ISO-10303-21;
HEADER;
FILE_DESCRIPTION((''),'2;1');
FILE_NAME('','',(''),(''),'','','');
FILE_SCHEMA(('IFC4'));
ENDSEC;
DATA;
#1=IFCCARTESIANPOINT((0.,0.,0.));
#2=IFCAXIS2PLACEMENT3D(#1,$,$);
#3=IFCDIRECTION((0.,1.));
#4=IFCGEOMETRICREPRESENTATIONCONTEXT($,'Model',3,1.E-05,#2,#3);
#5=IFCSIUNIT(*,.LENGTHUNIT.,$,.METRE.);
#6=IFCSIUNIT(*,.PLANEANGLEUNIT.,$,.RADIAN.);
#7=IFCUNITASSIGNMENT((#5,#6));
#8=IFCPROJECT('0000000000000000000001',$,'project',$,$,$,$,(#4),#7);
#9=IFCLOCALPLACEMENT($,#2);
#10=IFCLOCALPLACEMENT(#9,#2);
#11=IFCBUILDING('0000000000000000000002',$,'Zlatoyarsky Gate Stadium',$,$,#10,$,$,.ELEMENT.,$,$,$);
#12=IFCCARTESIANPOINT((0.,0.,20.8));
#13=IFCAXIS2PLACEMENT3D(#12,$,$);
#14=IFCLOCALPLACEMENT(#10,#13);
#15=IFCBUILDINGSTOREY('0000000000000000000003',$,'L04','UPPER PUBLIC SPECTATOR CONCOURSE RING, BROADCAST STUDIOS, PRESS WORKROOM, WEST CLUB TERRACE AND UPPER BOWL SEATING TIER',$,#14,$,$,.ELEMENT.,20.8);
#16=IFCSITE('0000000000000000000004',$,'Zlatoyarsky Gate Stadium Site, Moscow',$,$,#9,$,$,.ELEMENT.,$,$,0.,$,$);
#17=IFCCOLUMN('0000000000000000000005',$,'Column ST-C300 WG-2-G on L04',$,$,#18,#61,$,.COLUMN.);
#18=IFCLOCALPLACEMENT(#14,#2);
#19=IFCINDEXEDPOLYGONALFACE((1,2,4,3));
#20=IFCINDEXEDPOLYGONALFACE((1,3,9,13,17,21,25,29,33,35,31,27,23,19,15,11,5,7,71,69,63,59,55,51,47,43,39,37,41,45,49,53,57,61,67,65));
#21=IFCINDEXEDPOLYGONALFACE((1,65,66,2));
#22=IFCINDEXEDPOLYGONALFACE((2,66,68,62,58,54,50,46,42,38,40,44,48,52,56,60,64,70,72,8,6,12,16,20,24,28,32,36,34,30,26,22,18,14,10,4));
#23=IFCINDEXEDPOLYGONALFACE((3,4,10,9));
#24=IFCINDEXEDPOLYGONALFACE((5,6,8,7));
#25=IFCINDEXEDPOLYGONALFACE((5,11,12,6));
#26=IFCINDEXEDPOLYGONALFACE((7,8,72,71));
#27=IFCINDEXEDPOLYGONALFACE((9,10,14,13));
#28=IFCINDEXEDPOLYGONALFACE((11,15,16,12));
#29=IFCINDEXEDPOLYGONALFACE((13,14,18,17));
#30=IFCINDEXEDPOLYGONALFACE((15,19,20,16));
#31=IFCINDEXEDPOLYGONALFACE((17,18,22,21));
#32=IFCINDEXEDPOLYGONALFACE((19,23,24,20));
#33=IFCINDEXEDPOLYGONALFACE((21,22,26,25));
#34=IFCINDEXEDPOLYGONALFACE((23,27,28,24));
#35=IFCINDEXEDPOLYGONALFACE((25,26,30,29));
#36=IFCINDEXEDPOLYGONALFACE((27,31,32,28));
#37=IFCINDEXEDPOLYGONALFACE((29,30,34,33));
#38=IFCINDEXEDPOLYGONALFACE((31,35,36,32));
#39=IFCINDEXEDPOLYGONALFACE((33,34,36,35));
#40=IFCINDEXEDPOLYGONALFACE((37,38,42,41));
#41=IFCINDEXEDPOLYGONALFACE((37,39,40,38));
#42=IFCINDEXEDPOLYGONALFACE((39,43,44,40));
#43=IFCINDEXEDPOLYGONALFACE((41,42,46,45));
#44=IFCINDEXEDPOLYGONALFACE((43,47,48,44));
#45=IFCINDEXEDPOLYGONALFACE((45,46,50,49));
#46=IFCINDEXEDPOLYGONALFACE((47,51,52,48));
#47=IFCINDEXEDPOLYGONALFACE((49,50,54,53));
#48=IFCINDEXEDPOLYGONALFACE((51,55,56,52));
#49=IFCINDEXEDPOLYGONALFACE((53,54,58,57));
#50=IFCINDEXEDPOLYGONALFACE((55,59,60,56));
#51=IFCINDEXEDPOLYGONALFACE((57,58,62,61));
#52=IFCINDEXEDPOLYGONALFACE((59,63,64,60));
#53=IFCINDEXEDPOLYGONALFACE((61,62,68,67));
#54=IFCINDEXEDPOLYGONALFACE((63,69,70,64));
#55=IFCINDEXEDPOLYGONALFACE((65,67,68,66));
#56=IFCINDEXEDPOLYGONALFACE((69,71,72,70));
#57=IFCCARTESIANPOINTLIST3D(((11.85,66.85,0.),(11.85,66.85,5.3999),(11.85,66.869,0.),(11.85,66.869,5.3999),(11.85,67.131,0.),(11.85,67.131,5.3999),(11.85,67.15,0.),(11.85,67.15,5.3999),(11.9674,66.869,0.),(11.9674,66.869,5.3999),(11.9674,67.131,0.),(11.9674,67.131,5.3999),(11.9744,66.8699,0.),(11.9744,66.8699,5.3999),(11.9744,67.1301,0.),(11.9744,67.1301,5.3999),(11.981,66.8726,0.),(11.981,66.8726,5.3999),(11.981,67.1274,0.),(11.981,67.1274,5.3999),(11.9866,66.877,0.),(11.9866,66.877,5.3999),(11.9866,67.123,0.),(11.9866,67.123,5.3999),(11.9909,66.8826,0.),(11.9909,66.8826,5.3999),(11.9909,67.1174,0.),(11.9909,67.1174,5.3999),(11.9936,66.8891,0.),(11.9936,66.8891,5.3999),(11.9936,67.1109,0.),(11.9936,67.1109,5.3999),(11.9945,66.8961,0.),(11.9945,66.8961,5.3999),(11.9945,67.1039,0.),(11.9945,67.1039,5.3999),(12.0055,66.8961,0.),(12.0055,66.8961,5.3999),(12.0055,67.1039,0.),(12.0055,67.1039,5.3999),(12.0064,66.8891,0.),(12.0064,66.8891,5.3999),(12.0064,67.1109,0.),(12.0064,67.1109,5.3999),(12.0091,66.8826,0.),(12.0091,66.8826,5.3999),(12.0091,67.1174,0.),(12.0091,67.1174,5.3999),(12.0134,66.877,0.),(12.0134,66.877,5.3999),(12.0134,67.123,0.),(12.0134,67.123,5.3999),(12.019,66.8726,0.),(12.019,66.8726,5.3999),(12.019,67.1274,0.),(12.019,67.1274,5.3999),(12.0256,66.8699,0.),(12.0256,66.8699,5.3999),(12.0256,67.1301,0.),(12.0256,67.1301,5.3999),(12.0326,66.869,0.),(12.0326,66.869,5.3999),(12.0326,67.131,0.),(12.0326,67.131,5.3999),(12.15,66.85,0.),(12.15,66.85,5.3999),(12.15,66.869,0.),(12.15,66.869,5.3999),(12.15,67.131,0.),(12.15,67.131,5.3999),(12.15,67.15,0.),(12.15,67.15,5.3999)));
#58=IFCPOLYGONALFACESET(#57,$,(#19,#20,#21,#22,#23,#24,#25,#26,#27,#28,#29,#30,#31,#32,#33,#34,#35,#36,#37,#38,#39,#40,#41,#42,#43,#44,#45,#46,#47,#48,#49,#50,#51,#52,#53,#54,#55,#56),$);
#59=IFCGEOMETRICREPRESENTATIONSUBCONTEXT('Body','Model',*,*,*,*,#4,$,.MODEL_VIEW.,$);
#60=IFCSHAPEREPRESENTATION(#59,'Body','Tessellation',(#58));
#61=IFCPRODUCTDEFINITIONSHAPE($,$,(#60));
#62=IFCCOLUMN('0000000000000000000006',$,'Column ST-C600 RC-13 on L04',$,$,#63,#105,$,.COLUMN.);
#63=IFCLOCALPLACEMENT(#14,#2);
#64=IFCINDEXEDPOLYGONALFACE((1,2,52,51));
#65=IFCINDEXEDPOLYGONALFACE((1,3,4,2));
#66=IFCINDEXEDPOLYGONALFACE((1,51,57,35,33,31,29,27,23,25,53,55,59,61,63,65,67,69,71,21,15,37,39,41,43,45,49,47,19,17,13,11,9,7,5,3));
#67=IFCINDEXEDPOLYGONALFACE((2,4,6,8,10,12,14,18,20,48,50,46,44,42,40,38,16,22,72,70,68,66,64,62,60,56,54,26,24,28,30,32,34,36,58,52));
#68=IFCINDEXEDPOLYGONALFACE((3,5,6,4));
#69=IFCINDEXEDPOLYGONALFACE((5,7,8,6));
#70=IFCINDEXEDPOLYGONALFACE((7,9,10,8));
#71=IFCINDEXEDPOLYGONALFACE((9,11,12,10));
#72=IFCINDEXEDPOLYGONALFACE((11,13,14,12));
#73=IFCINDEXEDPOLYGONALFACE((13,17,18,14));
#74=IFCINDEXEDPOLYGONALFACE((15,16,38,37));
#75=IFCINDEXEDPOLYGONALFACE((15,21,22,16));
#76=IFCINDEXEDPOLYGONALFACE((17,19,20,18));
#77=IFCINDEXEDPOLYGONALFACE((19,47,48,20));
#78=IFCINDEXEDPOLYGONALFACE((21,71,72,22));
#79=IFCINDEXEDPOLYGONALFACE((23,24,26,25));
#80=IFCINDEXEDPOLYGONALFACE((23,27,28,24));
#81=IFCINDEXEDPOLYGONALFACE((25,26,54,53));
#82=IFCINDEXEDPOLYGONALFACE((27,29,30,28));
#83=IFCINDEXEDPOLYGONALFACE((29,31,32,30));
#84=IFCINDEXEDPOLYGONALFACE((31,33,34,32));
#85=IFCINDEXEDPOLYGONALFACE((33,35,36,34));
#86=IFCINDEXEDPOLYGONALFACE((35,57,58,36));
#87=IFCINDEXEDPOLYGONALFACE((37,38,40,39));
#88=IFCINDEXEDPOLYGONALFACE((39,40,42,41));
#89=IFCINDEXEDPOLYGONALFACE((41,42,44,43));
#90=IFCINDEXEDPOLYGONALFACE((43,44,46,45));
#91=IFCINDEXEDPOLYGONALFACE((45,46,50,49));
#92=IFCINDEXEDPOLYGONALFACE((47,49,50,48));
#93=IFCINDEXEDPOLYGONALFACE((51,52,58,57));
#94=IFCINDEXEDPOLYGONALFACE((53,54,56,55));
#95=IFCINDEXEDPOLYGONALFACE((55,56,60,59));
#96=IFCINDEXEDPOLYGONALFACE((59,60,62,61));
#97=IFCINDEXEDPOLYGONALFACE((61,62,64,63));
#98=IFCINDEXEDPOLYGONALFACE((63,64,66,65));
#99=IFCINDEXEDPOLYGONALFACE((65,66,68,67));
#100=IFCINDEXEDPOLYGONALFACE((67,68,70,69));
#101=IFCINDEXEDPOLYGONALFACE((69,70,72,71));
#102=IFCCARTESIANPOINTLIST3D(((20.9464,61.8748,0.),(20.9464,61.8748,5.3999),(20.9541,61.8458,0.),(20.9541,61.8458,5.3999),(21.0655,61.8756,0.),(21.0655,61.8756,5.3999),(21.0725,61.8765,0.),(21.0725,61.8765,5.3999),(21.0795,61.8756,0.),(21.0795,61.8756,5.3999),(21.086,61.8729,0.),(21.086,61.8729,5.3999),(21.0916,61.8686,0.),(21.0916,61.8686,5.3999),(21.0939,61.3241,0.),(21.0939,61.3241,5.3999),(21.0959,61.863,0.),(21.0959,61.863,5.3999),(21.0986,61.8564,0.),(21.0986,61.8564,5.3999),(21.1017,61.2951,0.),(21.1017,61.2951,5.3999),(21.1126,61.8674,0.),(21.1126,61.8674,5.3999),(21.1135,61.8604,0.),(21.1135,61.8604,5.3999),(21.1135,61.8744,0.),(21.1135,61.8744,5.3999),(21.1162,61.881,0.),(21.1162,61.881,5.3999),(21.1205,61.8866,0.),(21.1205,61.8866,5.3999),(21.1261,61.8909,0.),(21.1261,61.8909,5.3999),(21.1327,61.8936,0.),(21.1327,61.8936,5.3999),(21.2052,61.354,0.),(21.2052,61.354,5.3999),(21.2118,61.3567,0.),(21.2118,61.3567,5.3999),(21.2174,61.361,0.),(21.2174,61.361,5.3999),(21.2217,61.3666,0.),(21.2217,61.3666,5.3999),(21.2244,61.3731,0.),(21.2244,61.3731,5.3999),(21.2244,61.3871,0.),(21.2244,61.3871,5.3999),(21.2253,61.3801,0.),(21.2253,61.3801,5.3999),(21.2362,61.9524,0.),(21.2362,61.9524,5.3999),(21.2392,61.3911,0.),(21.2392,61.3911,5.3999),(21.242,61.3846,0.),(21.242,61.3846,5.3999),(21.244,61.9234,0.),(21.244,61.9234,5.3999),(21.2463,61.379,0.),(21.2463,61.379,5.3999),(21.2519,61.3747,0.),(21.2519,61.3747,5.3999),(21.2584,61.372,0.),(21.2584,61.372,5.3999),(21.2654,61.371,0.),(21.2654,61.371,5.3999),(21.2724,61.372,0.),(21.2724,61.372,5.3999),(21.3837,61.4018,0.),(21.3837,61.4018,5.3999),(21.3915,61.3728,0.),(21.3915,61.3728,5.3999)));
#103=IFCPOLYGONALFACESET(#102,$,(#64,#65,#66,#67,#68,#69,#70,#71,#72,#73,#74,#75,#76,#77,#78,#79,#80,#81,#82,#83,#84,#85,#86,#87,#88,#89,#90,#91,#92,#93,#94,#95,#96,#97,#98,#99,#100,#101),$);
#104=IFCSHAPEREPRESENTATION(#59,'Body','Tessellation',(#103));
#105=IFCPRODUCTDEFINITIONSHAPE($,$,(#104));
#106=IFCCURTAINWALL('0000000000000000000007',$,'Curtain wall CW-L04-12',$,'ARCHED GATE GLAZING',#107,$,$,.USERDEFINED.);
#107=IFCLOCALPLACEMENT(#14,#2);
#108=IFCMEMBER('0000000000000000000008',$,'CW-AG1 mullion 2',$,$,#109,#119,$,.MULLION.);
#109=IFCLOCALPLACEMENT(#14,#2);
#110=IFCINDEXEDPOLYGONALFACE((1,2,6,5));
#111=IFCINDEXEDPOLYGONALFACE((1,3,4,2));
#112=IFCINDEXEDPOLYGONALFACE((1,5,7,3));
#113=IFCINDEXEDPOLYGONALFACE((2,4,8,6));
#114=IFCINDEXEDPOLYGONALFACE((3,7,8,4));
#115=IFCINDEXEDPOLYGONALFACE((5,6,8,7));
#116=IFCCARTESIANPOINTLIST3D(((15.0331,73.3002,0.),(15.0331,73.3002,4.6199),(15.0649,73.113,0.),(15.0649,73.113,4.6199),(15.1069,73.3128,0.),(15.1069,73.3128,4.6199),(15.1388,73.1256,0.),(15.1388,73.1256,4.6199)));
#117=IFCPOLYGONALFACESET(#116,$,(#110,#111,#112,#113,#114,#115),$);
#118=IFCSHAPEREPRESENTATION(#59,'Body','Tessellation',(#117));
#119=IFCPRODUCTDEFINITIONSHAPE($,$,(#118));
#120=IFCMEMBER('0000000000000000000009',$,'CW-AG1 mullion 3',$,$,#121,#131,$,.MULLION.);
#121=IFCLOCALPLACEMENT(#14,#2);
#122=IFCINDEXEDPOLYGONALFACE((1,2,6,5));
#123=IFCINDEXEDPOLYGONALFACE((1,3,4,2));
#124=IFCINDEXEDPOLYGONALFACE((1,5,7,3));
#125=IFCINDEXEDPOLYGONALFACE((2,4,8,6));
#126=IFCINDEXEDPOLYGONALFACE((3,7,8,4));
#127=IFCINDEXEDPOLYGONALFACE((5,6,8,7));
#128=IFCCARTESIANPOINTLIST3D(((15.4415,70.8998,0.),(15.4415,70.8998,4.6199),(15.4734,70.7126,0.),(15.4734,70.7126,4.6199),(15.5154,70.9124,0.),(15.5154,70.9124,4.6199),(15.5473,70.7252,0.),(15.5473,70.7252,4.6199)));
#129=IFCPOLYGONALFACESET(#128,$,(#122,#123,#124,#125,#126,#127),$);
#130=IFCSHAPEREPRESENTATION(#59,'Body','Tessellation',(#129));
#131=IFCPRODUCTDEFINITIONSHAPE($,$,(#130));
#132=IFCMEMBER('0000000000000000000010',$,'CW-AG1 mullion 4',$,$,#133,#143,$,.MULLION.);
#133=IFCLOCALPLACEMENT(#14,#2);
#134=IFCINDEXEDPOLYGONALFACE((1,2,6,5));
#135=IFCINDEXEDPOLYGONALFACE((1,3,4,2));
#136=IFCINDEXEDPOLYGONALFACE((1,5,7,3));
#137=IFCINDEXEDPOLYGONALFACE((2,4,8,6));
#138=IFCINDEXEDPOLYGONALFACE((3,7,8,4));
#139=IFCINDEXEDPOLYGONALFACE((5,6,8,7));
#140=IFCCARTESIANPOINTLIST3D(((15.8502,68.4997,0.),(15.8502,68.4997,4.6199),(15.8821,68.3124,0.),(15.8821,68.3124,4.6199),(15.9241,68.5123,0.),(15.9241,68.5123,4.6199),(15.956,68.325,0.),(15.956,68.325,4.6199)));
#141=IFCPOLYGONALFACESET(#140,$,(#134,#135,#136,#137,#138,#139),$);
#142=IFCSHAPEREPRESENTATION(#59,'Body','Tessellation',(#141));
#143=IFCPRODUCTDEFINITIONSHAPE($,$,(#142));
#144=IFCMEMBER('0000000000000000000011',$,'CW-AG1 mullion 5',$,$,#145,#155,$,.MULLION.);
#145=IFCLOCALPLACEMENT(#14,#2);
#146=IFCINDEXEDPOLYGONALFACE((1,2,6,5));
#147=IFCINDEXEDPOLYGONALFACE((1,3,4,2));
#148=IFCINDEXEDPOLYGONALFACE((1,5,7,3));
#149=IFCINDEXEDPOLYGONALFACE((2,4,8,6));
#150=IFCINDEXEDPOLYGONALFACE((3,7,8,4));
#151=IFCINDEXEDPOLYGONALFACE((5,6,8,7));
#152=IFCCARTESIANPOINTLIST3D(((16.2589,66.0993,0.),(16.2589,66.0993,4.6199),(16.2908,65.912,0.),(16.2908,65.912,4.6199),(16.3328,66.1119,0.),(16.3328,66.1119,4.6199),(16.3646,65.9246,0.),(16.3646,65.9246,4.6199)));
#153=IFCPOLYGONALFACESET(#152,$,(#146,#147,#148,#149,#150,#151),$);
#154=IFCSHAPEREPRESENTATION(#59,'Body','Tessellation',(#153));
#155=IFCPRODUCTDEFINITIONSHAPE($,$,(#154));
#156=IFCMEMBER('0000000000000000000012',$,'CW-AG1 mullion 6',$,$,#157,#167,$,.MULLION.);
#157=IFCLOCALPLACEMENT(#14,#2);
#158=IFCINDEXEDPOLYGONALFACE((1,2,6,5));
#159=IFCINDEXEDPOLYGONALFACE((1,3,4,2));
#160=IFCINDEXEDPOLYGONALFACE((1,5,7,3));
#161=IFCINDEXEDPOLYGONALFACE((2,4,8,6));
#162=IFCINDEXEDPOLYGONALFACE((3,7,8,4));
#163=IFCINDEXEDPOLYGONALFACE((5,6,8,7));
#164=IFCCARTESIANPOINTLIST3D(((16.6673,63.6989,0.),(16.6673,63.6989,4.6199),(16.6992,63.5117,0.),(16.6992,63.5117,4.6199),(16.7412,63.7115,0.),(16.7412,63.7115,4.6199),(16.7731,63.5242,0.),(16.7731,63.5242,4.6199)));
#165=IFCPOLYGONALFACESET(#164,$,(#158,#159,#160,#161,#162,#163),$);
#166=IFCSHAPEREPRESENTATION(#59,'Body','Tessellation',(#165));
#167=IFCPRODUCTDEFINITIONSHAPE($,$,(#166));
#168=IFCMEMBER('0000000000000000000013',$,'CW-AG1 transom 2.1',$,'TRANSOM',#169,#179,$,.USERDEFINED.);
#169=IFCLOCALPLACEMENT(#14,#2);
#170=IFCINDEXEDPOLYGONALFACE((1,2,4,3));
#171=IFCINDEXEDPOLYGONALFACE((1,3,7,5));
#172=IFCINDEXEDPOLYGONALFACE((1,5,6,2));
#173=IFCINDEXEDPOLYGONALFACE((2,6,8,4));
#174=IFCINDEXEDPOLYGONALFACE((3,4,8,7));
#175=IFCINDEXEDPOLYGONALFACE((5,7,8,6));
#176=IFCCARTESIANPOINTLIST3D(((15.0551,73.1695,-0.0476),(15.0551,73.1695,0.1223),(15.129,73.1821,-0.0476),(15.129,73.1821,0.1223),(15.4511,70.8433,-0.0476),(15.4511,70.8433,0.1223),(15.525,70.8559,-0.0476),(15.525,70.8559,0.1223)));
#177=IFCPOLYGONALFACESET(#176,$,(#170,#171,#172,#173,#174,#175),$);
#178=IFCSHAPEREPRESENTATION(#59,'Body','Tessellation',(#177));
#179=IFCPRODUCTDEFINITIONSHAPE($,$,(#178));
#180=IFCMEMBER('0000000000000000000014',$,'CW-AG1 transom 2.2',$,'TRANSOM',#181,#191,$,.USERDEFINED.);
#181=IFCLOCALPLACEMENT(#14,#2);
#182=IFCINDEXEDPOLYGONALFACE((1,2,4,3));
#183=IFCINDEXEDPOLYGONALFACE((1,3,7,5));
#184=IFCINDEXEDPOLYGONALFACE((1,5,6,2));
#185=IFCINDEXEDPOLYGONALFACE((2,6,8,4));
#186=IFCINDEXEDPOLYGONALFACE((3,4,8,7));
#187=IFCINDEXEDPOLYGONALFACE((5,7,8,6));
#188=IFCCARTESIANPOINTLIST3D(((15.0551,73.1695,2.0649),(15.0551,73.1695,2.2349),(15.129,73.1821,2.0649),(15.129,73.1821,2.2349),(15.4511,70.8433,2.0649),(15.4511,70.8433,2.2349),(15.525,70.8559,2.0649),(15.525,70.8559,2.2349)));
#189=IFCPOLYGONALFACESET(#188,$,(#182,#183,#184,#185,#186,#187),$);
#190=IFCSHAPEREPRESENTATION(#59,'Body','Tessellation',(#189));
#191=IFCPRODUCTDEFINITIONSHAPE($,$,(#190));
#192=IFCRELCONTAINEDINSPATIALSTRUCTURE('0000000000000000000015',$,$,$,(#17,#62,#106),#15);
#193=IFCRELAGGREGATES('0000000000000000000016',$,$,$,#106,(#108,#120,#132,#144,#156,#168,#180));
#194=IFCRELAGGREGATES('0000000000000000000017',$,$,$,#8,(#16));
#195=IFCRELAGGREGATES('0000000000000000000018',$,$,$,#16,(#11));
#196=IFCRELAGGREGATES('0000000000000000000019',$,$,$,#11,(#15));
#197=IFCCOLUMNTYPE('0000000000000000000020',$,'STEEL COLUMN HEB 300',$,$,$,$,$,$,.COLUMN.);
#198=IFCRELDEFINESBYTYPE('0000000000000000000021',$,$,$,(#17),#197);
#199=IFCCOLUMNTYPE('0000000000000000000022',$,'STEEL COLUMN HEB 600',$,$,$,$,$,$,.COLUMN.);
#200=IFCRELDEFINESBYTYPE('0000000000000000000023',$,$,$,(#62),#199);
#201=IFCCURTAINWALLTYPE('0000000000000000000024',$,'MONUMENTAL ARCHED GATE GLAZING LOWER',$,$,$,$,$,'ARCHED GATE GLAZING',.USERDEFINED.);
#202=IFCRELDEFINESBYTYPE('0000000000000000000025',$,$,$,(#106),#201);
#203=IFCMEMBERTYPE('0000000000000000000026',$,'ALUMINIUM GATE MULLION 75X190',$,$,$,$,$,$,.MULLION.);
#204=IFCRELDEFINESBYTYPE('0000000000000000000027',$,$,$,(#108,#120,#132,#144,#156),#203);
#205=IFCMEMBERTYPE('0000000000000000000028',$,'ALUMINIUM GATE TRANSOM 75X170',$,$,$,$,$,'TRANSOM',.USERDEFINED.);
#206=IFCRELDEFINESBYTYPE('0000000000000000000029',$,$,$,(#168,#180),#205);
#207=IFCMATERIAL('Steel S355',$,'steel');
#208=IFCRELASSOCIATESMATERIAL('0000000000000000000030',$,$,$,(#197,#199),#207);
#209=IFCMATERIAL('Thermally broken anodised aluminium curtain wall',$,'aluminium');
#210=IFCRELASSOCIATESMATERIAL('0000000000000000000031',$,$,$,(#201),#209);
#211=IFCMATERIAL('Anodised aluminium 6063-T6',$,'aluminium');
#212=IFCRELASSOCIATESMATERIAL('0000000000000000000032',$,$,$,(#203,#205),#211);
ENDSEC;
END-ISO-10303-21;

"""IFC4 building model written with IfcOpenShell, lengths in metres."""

from ifc_helpers import new_model, si_unit, direction, frame, origin, origin_2d, place, context, subcontext, project, spatial, rectangle, i_section, extrude, material, material_profile, profile_set, type_object, element, aggregate, save


model = new_model("IFC4")

# Units and contexts
model_context = context("Model", 3, precision=1e-05, world=origin(), true_north=direction((0.0, 1.0)))
body_context = subcontext(model_context, "Body", "Model", "MODEL_VIEW")
ifc_project = project(units=[si_unit("LENGTHUNIT", "METRE"), si_unit("PLANEANGLEUNIT", "RADIAN")], contexts=[model_context])

# Site, building, storey
site_placement = place(None, origin())
site = spatial("IfcSite", under=ifc_project, at=site_placement, Name="Zlatoyarsky Gate Stadium Site, Moscow", CompositionType="ELEMENT", RefElevation=0.0)
building_placement = place(site_placement, origin())
building = spatial("IfcBuilding", under=site, at=building_placement, Name="Zlatoyarsky Gate Stadium", CompositionType="ELEMENT")
storey_placement = place(building_placement, frame((0.0, 0.0, 20.8)))
storey = spatial("IfcBuildingStorey", under=building, at=storey_placement, Name="L04", Description="UPPER PUBLIC SPECTATOR CONCOURSE RING, BROADCAST STUDIOS, PRESS WORKROOM, WEST CLUB TERRACE AND UPPER BOWL SEATING TIER", CompositionType="ELEMENT", Elevation=20.8)

# Columns
ifc_material_1 = material(Name="Steel S355", Category="steel")
ifc_material_profile_1 = material_profile(ifc_material_1, i_section(OverallWidth=0.3, OverallDepth=0.3, WebThickness=0.011, FlangeThickness=0.019, FilletRadius=0.0271, at=origin_2d()), Name="HEB 300")
ifc_profile_set_1 = profile_set([ifc_material_profile_1], Name="Steel S355")
column_type_1 = type_object("IfcColumnType", Name="STEEL COLUMN HEB 300", PredefinedType="COLUMN", material=ifc_profile_set_1)
column_1_placement = place(storey_placement, frame((12.0, 67.0, 0.0), z_axis=(0.0, 0.0, 1.0), x_axis=(1.0, 0.0, 0.0)))
element("IfcColumn", 1, at=column_1_placement, inside=storey, type_object=column_type_1, Name="Column ST-C300 WG-2-G on L04", PredefinedType="COLUMN", context=body_context, shape_type="SweptSolid", body=[
    extrude(i_section(OverallWidth=0.3, OverallDepth=0.3, WebThickness=0.011, FlangeThickness=0.019, FilletRadius=0.0271, at=origin_2d()), origin(), (0.0, 0.0, 1.0), 5.3999),
])
ifc_material_profile_2 = material_profile(ifc_material_1, i_section(OverallWidth=0.3, OverallDepth=0.6001, WebThickness=0.0154, FlangeThickness=0.03, FilletRadius=0.0271, at=origin_2d()), Name="HEB 600")
ifc_profile_set_2 = profile_set([ifc_material_profile_2], Name="Steel S355")
column_type_2 = type_object("IfcColumnType", Name="STEEL COLUMN HEB 600", PredefinedType="COLUMN", material=ifc_profile_set_2)
column_2_placement = place(storey_placement, frame((21.1689, 61.6238, 0.0), z_axis=(0.0, 0.0, 1.0), x_axis=(-0.965926, -0.258819, 0.0)))
element("IfcColumn", 2, at=column_2_placement, inside=storey, type_object=column_type_2, Name="Column ST-C600 RC-13 on L04", PredefinedType="COLUMN", context=body_context, shape_type="SweptSolid", body=[
    extrude(i_section(OverallWidth=0.3, OverallDepth=0.6001, WebThickness=0.0154, FlangeThickness=0.03, FilletRadius=0.0271, at=origin_2d()), origin(), (0.0, 0.0, 1.0), 5.3999),
])

# Curtain wall, members
ifc_material_2 = material(Name="Thermally broken anodised aluminium curtain wall", Category="aluminium")
curtain_wall_type = type_object("IfcCurtainWallType", Name="MONUMENTAL ARCHED GATE GLAZING LOWER", ElementType="ARCHED GATE GLAZING", PredefinedType="USERDEFINED", material=ifc_material_2)
curtain_wall_placement = place(storey_placement, origin())
curtain_wall = element("IfcCurtainWall", 3, at=curtain_wall_placement, inside=storey, type_object=curtain_wall_type, Name="Curtain wall CW-L04-12", ObjectType="ARCHED GATE GLAZING", PredefinedType="USERDEFINED")
ifc_material_3 = material(Name="Anodised aluminium 6063-T6", Category="aluminium")
ifc_material_profile_3 = material_profile(ifc_material_3, rectangle(XDim=0.075, YDim=0.1899, at=origin_2d()), Name="ALU 75X190")
ifc_profile_set_3 = profile_set([ifc_material_profile_3], Name="Anodised aluminium 6063-T6")
member_type_1 = type_object("IfcMemberType", Name="ALUMINIUM GATE MULLION 75X190", PredefinedType="MULLION", material=ifc_profile_set_3)
member_1_placement = place(storey_placement, frame((15.0859, 73.2129, 0.0), z_axis=(0.0, 0.0, 1.0), x_axis=(0.985817, 0.167822, 0.0)))
member_1 = element("IfcMember", 4, at=member_1_placement, type_object=member_type_1, Name="CW-AG1 mullion 2", PredefinedType="MULLION", context=body_context, shape_type="SweptSolid", body=[
    extrude(rectangle(XDim=0.075, YDim=0.1899, at=origin_2d()), origin(), (0.0, 0.0, 1.0), 4.6199),
])
member_2_placement = place(storey_placement, frame((15.4944, 70.8125, 0.0), z_axis=(0.0, 0.0, 1.0), x_axis=(0.985817, 0.167822, 0.0)))
member_2 = element("IfcMember", 5, at=member_2_placement, type_object=member_type_1, Name="CW-AG1 mullion 3", PredefinedType="MULLION", context=body_context, shape_type="SweptSolid", body=[
    extrude(rectangle(XDim=0.075, YDim=0.1899, at=origin_2d()), origin(), (0.0, 0.0, 1.0), 4.6199),
])
member_3_placement = place(storey_placement, frame((15.9031, 68.4124, 0.0), z_axis=(0.0, 0.0, 1.0), x_axis=(0.985817, 0.167822, 0.0)))
member_3 = element("IfcMember", 6, at=member_3_placement, type_object=member_type_1, Name="CW-AG1 mullion 4", PredefinedType="MULLION", context=body_context, shape_type="SweptSolid", body=[
    extrude(rectangle(XDim=0.075, YDim=0.1899, at=origin_2d()), origin(), (0.0, 0.0, 1.0), 4.6199),
])
member_4_placement = place(storey_placement, frame((16.3118, 66.012, 0.0), z_axis=(0.0, 0.0, 1.0), x_axis=(0.985817, 0.167822, 0.0)))
member_4 = element("IfcMember", 7, at=member_4_placement, type_object=member_type_1, Name="CW-AG1 mullion 5", PredefinedType="MULLION", context=body_context, shape_type="SweptSolid", body=[
    extrude(rectangle(XDim=0.075, YDim=0.1899, at=origin_2d()), origin(), (0.0, 0.0, 1.0), 4.6199),
])
member_5_placement = place(storey_placement, frame((16.7202, 63.6116, 0.0), z_axis=(0.0, 0.0, 1.0), x_axis=(0.985817, 0.167822, 0.0)))
member_5 = element("IfcMember", 8, at=member_5_placement, type_object=member_type_1, Name="CW-AG1 mullion 6", PredefinedType="MULLION", context=body_context, shape_type="SweptSolid", body=[
    extrude(rectangle(XDim=0.075, YDim=0.1899, at=origin_2d()), origin(), (0.0, 0.0, 1.0), 4.6199),
])
ifc_material_profile_4 = material_profile(ifc_material_3, rectangle(XDim=0.075, YDim=0.1699, at=origin_2d()), Name="ALU 75X170")
ifc_profile_set_4 = profile_set([ifc_material_profile_4], Name="Anodised aluminium 6063-T6")
member_type_2 = type_object("IfcMemberType", Name="ALUMINIUM GATE TRANSOM 75X170", ElementType="TRANSOM", PredefinedType="USERDEFINED", material=ifc_profile_set_4)
member_6_placement = place(storey_placement, frame((15.092, 73.1758, 0.0374), z_axis=(0.167821, -0.985818, 0.0), x_axis=(0.985818, 0.167821, 0.0)))
member_6 = element("IfcMember", 9, at=member_6_placement, type_object=member_type_2, Name="CW-AG1 transom 2.1", ObjectType="TRANSOM", PredefinedType="USERDEFINED", context=body_context, shape_type="SweptSolid", body=[
    extrude(rectangle(XDim=0.075, YDim=0.1699, at=origin_2d()), origin(), (0.0, 0.0, 1.0), 2.3596),
])
member_7_placement = place(storey_placement, frame((15.092, 73.1758, 2.1499), z_axis=(0.167821, -0.985818, 0.0), x_axis=(0.985818, 0.167821, 0.0)))
member_7 = element("IfcMember", 10, at=member_7_placement, type_object=member_type_2, Name="CW-AG1 transom 2.2", ObjectType="TRANSOM", PredefinedType="USERDEFINED", context=body_context, shape_type="SweptSolid", body=[
    extrude(rectangle(XDim=0.075, YDim=0.1699, at=origin_2d()), origin(), (0.0, 0.0, 1.0), 2.3596),
])

aggregate(curtain_wall, [member_1, member_2, member_3, member_4, member_5, member_6, member_7])

save(model, "model.ifc")
